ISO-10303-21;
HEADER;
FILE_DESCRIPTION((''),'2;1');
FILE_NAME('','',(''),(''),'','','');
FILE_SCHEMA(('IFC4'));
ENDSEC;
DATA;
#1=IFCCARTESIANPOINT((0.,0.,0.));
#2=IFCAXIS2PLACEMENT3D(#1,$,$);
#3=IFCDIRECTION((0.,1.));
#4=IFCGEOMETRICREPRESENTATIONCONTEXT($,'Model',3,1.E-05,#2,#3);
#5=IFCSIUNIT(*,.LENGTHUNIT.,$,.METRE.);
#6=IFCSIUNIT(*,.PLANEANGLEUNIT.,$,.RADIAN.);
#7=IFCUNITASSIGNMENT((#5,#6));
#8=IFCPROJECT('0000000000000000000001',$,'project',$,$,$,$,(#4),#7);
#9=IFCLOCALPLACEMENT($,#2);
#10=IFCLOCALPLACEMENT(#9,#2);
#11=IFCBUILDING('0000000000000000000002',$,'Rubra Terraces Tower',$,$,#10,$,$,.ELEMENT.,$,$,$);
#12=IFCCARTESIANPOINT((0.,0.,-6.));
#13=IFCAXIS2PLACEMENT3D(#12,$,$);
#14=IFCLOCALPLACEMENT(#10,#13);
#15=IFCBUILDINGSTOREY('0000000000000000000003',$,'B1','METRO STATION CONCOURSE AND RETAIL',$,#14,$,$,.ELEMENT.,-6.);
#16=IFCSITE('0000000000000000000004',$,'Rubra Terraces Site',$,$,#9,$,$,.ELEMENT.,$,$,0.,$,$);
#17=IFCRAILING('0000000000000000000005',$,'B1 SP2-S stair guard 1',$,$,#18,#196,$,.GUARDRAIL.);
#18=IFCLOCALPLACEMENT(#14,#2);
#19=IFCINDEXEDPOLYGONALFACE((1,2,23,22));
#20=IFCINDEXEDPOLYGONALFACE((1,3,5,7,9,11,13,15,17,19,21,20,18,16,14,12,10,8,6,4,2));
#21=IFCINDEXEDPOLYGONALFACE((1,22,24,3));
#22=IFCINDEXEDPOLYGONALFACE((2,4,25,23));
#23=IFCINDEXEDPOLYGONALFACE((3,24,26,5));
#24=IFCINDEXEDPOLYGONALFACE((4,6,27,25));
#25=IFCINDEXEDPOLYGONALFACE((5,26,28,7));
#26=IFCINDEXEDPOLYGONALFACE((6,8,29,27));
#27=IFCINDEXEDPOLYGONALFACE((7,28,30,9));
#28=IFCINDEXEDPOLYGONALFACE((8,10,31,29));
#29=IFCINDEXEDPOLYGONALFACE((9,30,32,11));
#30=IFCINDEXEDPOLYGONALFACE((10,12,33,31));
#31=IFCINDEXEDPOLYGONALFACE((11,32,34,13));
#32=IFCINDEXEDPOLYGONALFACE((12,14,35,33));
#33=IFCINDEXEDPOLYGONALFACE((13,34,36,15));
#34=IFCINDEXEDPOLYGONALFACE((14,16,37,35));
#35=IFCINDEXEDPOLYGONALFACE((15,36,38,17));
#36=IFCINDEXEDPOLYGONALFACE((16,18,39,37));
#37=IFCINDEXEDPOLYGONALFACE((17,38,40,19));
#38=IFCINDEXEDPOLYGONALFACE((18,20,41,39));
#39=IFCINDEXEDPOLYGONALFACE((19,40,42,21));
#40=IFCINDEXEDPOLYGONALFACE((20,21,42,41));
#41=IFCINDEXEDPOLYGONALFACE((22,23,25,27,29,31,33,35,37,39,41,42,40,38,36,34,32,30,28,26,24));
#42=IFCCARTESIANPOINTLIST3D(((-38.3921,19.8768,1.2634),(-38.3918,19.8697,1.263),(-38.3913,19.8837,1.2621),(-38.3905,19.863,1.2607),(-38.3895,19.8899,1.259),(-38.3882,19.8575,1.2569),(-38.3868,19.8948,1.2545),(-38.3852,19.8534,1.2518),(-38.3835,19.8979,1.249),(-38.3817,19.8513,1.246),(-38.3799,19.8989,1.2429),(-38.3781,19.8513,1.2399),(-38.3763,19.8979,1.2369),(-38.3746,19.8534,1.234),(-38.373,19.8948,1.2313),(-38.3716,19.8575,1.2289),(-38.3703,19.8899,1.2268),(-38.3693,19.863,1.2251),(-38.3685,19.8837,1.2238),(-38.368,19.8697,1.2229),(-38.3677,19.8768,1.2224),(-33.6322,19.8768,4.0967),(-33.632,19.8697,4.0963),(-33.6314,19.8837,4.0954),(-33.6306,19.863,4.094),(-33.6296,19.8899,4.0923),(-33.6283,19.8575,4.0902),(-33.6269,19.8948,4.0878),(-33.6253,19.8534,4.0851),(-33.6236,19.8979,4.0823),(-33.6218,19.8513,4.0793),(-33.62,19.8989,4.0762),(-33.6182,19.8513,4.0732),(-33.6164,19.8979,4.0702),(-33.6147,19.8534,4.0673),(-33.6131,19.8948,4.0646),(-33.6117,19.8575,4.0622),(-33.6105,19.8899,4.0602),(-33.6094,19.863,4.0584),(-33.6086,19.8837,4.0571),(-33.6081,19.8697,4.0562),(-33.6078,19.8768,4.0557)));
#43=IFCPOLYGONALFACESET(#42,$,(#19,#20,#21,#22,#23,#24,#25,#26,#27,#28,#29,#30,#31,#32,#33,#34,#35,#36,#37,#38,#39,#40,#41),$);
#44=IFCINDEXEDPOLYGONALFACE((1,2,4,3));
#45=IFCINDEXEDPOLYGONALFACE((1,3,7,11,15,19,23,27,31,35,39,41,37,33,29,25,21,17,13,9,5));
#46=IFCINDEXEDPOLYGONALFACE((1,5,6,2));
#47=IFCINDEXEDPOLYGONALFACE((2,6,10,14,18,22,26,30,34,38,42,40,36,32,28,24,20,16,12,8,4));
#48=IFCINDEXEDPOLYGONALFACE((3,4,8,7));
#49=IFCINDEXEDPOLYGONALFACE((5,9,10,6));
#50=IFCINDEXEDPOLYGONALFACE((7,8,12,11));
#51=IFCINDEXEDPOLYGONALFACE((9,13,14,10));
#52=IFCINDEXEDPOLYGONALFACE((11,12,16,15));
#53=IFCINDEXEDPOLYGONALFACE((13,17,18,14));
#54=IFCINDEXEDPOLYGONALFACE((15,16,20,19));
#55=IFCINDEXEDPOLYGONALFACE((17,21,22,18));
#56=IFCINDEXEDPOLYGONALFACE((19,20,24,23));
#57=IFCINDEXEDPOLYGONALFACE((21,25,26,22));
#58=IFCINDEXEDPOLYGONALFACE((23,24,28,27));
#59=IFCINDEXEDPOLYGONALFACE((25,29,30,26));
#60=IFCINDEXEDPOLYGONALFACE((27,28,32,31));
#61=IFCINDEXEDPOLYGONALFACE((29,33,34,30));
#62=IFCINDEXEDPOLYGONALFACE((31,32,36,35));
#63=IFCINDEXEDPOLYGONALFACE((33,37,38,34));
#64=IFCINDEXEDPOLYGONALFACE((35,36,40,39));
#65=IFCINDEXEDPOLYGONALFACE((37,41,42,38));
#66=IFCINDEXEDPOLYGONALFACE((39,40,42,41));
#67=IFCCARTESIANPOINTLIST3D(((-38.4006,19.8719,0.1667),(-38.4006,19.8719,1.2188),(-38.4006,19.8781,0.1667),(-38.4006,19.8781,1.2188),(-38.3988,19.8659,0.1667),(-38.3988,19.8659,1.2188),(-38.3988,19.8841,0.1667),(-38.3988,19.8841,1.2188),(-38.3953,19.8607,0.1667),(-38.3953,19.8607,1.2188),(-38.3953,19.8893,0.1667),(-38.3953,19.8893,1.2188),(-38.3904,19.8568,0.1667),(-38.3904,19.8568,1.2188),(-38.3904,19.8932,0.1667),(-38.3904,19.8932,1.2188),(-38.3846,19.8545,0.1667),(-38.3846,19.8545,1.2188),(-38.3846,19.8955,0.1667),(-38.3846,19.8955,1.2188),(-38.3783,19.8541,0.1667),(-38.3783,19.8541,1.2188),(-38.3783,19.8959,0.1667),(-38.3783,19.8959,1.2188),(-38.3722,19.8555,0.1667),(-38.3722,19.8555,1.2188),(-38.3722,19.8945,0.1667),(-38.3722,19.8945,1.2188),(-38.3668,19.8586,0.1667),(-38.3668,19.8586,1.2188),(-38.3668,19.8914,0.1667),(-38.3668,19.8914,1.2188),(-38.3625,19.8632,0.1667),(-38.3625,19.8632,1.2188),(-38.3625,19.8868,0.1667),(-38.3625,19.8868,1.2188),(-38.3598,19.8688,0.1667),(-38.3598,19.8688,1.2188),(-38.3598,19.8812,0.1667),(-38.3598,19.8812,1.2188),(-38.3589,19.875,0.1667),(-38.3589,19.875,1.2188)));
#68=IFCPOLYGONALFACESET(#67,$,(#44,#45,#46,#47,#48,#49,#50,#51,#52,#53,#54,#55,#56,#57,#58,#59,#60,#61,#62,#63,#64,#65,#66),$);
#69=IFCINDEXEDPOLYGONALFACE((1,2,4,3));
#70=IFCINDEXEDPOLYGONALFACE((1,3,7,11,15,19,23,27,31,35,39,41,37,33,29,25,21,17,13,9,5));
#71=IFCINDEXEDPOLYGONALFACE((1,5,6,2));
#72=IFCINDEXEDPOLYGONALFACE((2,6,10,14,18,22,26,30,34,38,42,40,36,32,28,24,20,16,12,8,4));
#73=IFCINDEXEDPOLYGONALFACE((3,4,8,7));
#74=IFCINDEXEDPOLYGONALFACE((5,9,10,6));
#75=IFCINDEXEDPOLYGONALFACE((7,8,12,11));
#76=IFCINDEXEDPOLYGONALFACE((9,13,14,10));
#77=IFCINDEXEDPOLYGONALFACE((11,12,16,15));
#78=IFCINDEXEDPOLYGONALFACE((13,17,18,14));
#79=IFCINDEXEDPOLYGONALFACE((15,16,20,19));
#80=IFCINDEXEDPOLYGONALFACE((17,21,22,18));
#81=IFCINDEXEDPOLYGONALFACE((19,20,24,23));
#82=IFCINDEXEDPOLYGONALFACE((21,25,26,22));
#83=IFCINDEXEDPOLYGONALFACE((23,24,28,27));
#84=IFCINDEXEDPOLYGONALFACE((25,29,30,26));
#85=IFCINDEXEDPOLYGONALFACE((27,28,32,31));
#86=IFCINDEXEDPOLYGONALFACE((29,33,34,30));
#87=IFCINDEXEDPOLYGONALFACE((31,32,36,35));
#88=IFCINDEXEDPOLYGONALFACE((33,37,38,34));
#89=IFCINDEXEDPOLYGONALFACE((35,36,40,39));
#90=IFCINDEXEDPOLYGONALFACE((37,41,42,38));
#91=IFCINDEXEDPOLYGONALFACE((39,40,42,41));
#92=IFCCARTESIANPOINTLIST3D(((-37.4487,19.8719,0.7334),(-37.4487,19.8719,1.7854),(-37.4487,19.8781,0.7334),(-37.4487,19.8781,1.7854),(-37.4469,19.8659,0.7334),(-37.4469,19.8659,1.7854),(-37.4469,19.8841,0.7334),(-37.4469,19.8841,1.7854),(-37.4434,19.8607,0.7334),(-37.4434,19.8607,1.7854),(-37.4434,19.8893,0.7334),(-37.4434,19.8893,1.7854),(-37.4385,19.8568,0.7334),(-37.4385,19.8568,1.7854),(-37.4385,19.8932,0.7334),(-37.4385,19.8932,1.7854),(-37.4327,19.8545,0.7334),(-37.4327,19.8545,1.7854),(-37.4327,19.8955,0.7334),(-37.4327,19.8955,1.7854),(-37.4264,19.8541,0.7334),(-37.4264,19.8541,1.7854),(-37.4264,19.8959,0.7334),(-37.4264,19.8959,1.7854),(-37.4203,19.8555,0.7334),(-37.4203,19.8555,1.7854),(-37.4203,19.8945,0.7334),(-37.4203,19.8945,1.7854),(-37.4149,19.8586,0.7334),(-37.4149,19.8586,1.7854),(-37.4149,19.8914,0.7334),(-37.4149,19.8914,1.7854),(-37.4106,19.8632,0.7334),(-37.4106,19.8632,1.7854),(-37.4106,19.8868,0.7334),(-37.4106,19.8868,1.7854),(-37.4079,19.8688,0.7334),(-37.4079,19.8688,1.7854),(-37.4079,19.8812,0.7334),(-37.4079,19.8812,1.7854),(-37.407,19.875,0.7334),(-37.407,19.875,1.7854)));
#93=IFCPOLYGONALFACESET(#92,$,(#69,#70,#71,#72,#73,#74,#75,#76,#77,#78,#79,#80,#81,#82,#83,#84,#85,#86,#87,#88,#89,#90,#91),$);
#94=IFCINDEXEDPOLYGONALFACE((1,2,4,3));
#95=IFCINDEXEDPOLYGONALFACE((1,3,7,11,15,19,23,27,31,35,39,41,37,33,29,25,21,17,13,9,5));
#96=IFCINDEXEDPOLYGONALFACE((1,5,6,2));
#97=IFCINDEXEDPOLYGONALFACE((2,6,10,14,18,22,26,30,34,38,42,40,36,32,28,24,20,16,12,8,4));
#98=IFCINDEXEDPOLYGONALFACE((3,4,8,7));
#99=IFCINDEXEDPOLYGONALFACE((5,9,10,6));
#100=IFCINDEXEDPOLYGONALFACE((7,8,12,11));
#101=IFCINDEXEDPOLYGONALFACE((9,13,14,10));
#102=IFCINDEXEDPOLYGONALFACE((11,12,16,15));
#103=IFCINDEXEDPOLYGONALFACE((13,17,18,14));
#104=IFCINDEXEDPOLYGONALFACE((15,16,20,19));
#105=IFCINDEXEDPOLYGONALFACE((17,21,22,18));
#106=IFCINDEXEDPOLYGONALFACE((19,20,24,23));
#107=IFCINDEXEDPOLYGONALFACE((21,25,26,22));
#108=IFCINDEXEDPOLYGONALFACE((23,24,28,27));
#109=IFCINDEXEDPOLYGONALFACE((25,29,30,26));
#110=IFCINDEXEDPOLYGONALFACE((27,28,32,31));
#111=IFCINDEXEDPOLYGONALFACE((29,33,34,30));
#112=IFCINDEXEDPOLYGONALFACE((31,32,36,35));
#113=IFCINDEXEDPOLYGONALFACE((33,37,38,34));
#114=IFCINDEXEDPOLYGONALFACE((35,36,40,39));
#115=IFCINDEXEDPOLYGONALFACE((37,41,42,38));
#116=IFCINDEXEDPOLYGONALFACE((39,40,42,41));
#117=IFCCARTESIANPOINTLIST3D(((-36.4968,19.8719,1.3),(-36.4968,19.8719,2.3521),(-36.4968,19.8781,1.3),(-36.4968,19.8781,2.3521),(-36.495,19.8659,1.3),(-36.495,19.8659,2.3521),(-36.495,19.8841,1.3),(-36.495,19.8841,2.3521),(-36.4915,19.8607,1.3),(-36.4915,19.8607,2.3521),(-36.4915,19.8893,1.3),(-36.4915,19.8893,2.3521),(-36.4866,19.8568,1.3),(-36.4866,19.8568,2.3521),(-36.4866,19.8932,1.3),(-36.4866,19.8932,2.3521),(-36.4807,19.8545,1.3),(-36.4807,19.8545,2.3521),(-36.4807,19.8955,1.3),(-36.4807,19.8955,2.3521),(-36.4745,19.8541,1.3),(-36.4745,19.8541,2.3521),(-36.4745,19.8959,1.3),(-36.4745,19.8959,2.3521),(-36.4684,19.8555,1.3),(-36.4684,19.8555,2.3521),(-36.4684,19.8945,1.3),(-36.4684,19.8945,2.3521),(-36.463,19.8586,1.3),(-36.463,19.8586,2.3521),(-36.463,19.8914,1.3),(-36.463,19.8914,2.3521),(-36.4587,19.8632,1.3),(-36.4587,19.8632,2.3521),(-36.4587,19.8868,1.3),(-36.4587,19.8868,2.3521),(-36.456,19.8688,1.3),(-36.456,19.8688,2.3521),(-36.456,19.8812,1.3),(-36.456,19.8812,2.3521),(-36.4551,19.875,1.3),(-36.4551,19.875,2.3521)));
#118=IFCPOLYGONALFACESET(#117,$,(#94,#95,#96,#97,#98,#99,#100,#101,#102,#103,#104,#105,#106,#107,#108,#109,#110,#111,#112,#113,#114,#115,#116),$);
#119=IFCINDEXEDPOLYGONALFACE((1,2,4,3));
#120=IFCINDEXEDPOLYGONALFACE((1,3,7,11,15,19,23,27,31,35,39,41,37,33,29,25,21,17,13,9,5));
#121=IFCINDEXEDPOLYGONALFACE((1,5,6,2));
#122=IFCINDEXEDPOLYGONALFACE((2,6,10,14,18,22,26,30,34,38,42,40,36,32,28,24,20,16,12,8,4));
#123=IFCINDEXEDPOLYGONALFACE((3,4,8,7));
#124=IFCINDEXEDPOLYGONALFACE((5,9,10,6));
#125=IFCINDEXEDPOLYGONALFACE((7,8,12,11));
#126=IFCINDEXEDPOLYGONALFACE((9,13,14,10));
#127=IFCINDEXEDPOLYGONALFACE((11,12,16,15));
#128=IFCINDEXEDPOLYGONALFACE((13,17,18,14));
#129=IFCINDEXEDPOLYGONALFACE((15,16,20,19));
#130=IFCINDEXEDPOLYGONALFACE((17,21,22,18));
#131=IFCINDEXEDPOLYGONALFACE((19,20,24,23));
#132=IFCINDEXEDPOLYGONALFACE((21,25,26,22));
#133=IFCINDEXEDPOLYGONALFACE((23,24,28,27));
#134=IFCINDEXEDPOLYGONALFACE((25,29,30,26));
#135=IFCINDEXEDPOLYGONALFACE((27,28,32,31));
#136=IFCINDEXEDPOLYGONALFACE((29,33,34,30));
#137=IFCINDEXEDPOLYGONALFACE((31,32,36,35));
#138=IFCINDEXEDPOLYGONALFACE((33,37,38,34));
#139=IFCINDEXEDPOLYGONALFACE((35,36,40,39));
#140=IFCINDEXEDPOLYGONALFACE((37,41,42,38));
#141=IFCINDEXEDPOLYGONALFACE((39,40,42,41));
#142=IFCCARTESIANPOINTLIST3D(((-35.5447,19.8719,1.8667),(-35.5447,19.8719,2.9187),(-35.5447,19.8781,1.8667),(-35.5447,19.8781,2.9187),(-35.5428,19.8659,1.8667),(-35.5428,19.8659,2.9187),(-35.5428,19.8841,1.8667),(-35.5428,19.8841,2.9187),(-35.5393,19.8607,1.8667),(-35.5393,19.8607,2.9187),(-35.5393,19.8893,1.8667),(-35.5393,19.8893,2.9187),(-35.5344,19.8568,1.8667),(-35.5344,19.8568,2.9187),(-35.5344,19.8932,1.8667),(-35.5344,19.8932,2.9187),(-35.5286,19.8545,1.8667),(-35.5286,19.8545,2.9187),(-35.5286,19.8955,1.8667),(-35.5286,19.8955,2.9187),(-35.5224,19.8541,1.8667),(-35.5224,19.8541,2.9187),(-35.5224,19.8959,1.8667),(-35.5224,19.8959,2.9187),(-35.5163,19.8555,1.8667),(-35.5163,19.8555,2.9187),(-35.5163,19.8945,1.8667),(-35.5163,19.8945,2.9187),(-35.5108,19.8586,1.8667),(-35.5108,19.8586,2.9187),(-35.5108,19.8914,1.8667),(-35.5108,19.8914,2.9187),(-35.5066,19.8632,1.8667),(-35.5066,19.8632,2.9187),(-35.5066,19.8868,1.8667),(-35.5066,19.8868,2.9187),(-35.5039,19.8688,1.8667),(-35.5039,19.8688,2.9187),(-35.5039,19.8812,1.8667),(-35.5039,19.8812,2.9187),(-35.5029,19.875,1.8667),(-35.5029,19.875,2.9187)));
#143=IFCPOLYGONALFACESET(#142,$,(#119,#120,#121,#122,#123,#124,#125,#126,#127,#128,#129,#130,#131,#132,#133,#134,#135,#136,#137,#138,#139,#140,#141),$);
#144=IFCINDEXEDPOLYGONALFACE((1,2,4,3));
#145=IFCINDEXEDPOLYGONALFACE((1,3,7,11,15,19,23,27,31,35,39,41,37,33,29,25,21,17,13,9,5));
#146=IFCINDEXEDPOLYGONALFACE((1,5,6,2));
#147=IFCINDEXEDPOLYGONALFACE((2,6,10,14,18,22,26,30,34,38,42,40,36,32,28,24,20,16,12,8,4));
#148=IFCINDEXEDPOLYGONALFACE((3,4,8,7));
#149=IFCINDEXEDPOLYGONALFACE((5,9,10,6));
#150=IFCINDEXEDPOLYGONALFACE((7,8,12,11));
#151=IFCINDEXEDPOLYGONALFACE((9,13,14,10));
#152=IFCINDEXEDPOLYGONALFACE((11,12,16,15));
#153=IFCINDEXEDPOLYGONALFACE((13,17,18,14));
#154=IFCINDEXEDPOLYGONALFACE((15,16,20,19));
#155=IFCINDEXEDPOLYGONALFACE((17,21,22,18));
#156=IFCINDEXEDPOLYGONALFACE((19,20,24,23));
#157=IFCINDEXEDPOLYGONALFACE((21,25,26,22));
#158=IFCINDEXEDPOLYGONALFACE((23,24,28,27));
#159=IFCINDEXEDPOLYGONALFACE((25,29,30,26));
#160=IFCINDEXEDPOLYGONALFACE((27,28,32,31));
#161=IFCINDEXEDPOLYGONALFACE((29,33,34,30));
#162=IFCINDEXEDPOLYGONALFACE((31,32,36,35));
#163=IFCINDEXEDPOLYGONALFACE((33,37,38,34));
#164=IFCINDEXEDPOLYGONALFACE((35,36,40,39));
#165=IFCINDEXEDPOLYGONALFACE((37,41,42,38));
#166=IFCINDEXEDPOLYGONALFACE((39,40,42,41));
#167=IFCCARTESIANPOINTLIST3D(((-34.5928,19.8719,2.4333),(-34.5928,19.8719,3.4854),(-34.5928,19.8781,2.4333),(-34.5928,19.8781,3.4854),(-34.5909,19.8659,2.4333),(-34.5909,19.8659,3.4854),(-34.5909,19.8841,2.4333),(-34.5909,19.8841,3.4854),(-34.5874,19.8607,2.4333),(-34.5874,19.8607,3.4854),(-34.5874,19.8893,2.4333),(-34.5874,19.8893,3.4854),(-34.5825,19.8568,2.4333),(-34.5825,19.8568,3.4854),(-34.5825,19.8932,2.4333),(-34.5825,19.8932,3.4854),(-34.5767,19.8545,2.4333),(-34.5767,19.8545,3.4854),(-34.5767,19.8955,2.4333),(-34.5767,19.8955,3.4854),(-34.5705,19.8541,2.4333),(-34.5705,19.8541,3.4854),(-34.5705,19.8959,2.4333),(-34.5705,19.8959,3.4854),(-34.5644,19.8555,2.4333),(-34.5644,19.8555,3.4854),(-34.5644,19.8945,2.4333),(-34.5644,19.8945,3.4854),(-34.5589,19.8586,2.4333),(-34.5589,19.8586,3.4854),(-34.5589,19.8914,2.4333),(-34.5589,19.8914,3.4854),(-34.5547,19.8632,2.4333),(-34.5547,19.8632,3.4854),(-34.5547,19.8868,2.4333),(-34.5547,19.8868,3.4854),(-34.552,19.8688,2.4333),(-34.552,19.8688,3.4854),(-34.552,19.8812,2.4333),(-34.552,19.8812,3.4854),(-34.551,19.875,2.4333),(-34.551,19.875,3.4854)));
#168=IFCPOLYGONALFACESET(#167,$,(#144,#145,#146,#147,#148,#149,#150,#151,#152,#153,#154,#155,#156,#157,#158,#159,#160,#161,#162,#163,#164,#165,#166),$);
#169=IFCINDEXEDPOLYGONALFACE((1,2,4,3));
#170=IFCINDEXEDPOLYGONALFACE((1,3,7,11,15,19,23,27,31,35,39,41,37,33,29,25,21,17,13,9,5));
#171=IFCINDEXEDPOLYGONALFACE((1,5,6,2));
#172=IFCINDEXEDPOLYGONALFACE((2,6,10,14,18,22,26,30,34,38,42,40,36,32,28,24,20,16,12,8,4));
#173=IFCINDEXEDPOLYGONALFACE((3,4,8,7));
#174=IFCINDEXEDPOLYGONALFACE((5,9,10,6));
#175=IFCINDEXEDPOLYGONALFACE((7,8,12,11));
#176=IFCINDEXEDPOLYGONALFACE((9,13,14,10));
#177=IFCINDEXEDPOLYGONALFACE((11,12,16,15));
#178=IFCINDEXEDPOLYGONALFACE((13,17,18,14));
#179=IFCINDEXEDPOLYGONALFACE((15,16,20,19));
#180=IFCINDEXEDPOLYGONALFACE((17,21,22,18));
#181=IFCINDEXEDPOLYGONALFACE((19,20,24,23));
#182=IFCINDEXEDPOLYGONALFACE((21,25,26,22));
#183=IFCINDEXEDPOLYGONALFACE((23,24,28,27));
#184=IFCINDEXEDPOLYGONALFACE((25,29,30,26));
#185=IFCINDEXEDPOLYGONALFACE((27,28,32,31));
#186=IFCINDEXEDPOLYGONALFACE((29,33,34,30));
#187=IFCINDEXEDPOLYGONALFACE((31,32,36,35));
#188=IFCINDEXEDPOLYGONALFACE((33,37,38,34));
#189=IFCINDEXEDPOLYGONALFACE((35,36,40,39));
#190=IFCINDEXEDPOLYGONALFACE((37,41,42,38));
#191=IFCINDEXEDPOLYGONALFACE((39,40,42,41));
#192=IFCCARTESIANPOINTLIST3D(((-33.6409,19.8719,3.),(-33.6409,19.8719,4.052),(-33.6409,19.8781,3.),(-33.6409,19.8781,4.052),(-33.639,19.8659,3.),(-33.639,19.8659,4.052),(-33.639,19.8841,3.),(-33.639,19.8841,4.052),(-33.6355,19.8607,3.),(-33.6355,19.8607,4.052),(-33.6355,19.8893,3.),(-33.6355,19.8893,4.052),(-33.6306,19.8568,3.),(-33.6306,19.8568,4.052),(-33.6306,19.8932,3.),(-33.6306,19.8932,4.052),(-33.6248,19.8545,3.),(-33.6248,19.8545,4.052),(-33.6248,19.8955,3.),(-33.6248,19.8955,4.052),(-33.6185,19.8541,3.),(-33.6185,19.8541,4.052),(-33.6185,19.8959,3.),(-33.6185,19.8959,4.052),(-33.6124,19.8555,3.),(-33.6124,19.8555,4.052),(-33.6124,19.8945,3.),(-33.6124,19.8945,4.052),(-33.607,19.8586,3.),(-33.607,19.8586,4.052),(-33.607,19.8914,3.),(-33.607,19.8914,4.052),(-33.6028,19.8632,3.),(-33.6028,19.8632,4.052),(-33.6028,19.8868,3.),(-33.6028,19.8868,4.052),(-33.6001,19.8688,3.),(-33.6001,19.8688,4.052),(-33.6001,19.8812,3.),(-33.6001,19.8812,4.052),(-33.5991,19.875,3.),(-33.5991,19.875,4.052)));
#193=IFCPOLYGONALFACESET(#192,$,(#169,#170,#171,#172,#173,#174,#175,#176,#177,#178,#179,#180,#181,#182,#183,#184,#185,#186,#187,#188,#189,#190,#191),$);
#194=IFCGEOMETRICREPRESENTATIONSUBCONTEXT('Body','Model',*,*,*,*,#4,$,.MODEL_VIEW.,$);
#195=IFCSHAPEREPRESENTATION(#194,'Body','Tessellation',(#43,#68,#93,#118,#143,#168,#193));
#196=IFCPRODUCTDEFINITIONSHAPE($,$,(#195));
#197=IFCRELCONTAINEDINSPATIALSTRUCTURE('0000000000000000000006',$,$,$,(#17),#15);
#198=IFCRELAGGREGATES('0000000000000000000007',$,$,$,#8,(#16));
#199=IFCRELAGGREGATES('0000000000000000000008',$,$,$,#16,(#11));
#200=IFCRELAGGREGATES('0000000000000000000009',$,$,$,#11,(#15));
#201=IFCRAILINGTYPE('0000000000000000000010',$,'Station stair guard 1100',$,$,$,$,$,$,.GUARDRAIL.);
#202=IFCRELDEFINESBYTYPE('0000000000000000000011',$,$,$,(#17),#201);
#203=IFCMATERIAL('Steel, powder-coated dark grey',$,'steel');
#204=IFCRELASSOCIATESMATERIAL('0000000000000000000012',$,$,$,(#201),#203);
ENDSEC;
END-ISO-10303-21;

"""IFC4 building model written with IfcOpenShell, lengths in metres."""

from ifc_helpers import new_model, si_unit, direction, frame, origin, origin_2d, place, context, subcontext, project, spatial, circle, extrude, material, type_object, element, save


model = new_model("IFC4")

# Units and contexts
model_context = context("Model", 3, precision=1e-05, world=origin(), true_north=direction((0.0, 1.0)))
body_context = subcontext(model_context, "Body", "Model", "MODEL_VIEW")
ifc_project = project(units=[si_unit("LENGTHUNIT", "METRE"), si_unit("PLANEANGLEUNIT", "RADIAN")], contexts=[model_context])

# Site, building, storey
site_placement = place(None, origin())
site = spatial("IfcSite", under=ifc_project, at=site_placement, Name="Rubra Terraces Site", CompositionType="ELEMENT", RefElevation=0.0)
building_placement = place(site_placement, origin())
building = spatial("IfcBuilding", under=site, at=building_placement, Name="Rubra Terraces Tower", CompositionType="ELEMENT")
storey_placement = place(building_placement, frame((0.0, 0.0, -6.0)))
storey = spatial("IfcBuildingStorey", under=building, at=storey_placement, Name="B1", Description="METRO STATION CONCOURSE AND RETAIL", CompositionType="ELEMENT", Elevation=-6.0)

# Railing
ifc_material_1 = material(Name="Steel, powder-coated dark grey", Category="steel")
railing_type_1 = type_object("IfcRailingType", Name="Station stair guard 1100", PredefinedType="GUARDRAIL", material=ifc_material_1)
railing_1_placement = place(storey_placement, frame((-38.3799, 19.875, 0.1667)))
element("IfcRailing", 1, at=railing_1_placement, inside=storey, type_object=railing_type_1, Name="B1 SP2-S stair guard 1", PredefinedType="GUARDRAIL", context=body_context, shape_type="SweptSolid", body=[
    extrude(circle(Radius=0.0239, at=origin_2d()), frame((0.0, 0.0, 1.0762), z_axis=(0.859288, 0.0, 0.511492), x_axis=(0.0, 1.0, 0.0)), (0.0, 0.0, 1.0), 5.5393),
    extrude(circle(Radius=0.021, at=origin_2d()), origin(), (0.0, 0.0, 1.0), 1.052),
    extrude(circle(Radius=0.021, at=origin_2d()), frame((0.9519, 0.0, 0.5667)), (0.0, 0.0, 1.0), 1.052),
    extrude(circle(Radius=0.021, at=origin_2d()), frame((1.9038, 0.0, 1.1333)), (0.0, 0.0, 1.0), 1.052),
    extrude(circle(Radius=0.021, at=origin_2d()), frame((2.856, 0.0, 1.7)), (0.0, 0.0, 1.0), 1.052),
    extrude(circle(Radius=0.021, at=origin_2d()), frame((3.8079, 0.0, 2.2666)), (0.0, 0.0, 1.0), 1.052),
    extrude(circle(Radius=0.021, at=origin_2d()), frame((4.7598, 0.0, 2.8333)), (0.0, 0.0, 1.0), 1.052),
])

save(model, "model.ifc")
